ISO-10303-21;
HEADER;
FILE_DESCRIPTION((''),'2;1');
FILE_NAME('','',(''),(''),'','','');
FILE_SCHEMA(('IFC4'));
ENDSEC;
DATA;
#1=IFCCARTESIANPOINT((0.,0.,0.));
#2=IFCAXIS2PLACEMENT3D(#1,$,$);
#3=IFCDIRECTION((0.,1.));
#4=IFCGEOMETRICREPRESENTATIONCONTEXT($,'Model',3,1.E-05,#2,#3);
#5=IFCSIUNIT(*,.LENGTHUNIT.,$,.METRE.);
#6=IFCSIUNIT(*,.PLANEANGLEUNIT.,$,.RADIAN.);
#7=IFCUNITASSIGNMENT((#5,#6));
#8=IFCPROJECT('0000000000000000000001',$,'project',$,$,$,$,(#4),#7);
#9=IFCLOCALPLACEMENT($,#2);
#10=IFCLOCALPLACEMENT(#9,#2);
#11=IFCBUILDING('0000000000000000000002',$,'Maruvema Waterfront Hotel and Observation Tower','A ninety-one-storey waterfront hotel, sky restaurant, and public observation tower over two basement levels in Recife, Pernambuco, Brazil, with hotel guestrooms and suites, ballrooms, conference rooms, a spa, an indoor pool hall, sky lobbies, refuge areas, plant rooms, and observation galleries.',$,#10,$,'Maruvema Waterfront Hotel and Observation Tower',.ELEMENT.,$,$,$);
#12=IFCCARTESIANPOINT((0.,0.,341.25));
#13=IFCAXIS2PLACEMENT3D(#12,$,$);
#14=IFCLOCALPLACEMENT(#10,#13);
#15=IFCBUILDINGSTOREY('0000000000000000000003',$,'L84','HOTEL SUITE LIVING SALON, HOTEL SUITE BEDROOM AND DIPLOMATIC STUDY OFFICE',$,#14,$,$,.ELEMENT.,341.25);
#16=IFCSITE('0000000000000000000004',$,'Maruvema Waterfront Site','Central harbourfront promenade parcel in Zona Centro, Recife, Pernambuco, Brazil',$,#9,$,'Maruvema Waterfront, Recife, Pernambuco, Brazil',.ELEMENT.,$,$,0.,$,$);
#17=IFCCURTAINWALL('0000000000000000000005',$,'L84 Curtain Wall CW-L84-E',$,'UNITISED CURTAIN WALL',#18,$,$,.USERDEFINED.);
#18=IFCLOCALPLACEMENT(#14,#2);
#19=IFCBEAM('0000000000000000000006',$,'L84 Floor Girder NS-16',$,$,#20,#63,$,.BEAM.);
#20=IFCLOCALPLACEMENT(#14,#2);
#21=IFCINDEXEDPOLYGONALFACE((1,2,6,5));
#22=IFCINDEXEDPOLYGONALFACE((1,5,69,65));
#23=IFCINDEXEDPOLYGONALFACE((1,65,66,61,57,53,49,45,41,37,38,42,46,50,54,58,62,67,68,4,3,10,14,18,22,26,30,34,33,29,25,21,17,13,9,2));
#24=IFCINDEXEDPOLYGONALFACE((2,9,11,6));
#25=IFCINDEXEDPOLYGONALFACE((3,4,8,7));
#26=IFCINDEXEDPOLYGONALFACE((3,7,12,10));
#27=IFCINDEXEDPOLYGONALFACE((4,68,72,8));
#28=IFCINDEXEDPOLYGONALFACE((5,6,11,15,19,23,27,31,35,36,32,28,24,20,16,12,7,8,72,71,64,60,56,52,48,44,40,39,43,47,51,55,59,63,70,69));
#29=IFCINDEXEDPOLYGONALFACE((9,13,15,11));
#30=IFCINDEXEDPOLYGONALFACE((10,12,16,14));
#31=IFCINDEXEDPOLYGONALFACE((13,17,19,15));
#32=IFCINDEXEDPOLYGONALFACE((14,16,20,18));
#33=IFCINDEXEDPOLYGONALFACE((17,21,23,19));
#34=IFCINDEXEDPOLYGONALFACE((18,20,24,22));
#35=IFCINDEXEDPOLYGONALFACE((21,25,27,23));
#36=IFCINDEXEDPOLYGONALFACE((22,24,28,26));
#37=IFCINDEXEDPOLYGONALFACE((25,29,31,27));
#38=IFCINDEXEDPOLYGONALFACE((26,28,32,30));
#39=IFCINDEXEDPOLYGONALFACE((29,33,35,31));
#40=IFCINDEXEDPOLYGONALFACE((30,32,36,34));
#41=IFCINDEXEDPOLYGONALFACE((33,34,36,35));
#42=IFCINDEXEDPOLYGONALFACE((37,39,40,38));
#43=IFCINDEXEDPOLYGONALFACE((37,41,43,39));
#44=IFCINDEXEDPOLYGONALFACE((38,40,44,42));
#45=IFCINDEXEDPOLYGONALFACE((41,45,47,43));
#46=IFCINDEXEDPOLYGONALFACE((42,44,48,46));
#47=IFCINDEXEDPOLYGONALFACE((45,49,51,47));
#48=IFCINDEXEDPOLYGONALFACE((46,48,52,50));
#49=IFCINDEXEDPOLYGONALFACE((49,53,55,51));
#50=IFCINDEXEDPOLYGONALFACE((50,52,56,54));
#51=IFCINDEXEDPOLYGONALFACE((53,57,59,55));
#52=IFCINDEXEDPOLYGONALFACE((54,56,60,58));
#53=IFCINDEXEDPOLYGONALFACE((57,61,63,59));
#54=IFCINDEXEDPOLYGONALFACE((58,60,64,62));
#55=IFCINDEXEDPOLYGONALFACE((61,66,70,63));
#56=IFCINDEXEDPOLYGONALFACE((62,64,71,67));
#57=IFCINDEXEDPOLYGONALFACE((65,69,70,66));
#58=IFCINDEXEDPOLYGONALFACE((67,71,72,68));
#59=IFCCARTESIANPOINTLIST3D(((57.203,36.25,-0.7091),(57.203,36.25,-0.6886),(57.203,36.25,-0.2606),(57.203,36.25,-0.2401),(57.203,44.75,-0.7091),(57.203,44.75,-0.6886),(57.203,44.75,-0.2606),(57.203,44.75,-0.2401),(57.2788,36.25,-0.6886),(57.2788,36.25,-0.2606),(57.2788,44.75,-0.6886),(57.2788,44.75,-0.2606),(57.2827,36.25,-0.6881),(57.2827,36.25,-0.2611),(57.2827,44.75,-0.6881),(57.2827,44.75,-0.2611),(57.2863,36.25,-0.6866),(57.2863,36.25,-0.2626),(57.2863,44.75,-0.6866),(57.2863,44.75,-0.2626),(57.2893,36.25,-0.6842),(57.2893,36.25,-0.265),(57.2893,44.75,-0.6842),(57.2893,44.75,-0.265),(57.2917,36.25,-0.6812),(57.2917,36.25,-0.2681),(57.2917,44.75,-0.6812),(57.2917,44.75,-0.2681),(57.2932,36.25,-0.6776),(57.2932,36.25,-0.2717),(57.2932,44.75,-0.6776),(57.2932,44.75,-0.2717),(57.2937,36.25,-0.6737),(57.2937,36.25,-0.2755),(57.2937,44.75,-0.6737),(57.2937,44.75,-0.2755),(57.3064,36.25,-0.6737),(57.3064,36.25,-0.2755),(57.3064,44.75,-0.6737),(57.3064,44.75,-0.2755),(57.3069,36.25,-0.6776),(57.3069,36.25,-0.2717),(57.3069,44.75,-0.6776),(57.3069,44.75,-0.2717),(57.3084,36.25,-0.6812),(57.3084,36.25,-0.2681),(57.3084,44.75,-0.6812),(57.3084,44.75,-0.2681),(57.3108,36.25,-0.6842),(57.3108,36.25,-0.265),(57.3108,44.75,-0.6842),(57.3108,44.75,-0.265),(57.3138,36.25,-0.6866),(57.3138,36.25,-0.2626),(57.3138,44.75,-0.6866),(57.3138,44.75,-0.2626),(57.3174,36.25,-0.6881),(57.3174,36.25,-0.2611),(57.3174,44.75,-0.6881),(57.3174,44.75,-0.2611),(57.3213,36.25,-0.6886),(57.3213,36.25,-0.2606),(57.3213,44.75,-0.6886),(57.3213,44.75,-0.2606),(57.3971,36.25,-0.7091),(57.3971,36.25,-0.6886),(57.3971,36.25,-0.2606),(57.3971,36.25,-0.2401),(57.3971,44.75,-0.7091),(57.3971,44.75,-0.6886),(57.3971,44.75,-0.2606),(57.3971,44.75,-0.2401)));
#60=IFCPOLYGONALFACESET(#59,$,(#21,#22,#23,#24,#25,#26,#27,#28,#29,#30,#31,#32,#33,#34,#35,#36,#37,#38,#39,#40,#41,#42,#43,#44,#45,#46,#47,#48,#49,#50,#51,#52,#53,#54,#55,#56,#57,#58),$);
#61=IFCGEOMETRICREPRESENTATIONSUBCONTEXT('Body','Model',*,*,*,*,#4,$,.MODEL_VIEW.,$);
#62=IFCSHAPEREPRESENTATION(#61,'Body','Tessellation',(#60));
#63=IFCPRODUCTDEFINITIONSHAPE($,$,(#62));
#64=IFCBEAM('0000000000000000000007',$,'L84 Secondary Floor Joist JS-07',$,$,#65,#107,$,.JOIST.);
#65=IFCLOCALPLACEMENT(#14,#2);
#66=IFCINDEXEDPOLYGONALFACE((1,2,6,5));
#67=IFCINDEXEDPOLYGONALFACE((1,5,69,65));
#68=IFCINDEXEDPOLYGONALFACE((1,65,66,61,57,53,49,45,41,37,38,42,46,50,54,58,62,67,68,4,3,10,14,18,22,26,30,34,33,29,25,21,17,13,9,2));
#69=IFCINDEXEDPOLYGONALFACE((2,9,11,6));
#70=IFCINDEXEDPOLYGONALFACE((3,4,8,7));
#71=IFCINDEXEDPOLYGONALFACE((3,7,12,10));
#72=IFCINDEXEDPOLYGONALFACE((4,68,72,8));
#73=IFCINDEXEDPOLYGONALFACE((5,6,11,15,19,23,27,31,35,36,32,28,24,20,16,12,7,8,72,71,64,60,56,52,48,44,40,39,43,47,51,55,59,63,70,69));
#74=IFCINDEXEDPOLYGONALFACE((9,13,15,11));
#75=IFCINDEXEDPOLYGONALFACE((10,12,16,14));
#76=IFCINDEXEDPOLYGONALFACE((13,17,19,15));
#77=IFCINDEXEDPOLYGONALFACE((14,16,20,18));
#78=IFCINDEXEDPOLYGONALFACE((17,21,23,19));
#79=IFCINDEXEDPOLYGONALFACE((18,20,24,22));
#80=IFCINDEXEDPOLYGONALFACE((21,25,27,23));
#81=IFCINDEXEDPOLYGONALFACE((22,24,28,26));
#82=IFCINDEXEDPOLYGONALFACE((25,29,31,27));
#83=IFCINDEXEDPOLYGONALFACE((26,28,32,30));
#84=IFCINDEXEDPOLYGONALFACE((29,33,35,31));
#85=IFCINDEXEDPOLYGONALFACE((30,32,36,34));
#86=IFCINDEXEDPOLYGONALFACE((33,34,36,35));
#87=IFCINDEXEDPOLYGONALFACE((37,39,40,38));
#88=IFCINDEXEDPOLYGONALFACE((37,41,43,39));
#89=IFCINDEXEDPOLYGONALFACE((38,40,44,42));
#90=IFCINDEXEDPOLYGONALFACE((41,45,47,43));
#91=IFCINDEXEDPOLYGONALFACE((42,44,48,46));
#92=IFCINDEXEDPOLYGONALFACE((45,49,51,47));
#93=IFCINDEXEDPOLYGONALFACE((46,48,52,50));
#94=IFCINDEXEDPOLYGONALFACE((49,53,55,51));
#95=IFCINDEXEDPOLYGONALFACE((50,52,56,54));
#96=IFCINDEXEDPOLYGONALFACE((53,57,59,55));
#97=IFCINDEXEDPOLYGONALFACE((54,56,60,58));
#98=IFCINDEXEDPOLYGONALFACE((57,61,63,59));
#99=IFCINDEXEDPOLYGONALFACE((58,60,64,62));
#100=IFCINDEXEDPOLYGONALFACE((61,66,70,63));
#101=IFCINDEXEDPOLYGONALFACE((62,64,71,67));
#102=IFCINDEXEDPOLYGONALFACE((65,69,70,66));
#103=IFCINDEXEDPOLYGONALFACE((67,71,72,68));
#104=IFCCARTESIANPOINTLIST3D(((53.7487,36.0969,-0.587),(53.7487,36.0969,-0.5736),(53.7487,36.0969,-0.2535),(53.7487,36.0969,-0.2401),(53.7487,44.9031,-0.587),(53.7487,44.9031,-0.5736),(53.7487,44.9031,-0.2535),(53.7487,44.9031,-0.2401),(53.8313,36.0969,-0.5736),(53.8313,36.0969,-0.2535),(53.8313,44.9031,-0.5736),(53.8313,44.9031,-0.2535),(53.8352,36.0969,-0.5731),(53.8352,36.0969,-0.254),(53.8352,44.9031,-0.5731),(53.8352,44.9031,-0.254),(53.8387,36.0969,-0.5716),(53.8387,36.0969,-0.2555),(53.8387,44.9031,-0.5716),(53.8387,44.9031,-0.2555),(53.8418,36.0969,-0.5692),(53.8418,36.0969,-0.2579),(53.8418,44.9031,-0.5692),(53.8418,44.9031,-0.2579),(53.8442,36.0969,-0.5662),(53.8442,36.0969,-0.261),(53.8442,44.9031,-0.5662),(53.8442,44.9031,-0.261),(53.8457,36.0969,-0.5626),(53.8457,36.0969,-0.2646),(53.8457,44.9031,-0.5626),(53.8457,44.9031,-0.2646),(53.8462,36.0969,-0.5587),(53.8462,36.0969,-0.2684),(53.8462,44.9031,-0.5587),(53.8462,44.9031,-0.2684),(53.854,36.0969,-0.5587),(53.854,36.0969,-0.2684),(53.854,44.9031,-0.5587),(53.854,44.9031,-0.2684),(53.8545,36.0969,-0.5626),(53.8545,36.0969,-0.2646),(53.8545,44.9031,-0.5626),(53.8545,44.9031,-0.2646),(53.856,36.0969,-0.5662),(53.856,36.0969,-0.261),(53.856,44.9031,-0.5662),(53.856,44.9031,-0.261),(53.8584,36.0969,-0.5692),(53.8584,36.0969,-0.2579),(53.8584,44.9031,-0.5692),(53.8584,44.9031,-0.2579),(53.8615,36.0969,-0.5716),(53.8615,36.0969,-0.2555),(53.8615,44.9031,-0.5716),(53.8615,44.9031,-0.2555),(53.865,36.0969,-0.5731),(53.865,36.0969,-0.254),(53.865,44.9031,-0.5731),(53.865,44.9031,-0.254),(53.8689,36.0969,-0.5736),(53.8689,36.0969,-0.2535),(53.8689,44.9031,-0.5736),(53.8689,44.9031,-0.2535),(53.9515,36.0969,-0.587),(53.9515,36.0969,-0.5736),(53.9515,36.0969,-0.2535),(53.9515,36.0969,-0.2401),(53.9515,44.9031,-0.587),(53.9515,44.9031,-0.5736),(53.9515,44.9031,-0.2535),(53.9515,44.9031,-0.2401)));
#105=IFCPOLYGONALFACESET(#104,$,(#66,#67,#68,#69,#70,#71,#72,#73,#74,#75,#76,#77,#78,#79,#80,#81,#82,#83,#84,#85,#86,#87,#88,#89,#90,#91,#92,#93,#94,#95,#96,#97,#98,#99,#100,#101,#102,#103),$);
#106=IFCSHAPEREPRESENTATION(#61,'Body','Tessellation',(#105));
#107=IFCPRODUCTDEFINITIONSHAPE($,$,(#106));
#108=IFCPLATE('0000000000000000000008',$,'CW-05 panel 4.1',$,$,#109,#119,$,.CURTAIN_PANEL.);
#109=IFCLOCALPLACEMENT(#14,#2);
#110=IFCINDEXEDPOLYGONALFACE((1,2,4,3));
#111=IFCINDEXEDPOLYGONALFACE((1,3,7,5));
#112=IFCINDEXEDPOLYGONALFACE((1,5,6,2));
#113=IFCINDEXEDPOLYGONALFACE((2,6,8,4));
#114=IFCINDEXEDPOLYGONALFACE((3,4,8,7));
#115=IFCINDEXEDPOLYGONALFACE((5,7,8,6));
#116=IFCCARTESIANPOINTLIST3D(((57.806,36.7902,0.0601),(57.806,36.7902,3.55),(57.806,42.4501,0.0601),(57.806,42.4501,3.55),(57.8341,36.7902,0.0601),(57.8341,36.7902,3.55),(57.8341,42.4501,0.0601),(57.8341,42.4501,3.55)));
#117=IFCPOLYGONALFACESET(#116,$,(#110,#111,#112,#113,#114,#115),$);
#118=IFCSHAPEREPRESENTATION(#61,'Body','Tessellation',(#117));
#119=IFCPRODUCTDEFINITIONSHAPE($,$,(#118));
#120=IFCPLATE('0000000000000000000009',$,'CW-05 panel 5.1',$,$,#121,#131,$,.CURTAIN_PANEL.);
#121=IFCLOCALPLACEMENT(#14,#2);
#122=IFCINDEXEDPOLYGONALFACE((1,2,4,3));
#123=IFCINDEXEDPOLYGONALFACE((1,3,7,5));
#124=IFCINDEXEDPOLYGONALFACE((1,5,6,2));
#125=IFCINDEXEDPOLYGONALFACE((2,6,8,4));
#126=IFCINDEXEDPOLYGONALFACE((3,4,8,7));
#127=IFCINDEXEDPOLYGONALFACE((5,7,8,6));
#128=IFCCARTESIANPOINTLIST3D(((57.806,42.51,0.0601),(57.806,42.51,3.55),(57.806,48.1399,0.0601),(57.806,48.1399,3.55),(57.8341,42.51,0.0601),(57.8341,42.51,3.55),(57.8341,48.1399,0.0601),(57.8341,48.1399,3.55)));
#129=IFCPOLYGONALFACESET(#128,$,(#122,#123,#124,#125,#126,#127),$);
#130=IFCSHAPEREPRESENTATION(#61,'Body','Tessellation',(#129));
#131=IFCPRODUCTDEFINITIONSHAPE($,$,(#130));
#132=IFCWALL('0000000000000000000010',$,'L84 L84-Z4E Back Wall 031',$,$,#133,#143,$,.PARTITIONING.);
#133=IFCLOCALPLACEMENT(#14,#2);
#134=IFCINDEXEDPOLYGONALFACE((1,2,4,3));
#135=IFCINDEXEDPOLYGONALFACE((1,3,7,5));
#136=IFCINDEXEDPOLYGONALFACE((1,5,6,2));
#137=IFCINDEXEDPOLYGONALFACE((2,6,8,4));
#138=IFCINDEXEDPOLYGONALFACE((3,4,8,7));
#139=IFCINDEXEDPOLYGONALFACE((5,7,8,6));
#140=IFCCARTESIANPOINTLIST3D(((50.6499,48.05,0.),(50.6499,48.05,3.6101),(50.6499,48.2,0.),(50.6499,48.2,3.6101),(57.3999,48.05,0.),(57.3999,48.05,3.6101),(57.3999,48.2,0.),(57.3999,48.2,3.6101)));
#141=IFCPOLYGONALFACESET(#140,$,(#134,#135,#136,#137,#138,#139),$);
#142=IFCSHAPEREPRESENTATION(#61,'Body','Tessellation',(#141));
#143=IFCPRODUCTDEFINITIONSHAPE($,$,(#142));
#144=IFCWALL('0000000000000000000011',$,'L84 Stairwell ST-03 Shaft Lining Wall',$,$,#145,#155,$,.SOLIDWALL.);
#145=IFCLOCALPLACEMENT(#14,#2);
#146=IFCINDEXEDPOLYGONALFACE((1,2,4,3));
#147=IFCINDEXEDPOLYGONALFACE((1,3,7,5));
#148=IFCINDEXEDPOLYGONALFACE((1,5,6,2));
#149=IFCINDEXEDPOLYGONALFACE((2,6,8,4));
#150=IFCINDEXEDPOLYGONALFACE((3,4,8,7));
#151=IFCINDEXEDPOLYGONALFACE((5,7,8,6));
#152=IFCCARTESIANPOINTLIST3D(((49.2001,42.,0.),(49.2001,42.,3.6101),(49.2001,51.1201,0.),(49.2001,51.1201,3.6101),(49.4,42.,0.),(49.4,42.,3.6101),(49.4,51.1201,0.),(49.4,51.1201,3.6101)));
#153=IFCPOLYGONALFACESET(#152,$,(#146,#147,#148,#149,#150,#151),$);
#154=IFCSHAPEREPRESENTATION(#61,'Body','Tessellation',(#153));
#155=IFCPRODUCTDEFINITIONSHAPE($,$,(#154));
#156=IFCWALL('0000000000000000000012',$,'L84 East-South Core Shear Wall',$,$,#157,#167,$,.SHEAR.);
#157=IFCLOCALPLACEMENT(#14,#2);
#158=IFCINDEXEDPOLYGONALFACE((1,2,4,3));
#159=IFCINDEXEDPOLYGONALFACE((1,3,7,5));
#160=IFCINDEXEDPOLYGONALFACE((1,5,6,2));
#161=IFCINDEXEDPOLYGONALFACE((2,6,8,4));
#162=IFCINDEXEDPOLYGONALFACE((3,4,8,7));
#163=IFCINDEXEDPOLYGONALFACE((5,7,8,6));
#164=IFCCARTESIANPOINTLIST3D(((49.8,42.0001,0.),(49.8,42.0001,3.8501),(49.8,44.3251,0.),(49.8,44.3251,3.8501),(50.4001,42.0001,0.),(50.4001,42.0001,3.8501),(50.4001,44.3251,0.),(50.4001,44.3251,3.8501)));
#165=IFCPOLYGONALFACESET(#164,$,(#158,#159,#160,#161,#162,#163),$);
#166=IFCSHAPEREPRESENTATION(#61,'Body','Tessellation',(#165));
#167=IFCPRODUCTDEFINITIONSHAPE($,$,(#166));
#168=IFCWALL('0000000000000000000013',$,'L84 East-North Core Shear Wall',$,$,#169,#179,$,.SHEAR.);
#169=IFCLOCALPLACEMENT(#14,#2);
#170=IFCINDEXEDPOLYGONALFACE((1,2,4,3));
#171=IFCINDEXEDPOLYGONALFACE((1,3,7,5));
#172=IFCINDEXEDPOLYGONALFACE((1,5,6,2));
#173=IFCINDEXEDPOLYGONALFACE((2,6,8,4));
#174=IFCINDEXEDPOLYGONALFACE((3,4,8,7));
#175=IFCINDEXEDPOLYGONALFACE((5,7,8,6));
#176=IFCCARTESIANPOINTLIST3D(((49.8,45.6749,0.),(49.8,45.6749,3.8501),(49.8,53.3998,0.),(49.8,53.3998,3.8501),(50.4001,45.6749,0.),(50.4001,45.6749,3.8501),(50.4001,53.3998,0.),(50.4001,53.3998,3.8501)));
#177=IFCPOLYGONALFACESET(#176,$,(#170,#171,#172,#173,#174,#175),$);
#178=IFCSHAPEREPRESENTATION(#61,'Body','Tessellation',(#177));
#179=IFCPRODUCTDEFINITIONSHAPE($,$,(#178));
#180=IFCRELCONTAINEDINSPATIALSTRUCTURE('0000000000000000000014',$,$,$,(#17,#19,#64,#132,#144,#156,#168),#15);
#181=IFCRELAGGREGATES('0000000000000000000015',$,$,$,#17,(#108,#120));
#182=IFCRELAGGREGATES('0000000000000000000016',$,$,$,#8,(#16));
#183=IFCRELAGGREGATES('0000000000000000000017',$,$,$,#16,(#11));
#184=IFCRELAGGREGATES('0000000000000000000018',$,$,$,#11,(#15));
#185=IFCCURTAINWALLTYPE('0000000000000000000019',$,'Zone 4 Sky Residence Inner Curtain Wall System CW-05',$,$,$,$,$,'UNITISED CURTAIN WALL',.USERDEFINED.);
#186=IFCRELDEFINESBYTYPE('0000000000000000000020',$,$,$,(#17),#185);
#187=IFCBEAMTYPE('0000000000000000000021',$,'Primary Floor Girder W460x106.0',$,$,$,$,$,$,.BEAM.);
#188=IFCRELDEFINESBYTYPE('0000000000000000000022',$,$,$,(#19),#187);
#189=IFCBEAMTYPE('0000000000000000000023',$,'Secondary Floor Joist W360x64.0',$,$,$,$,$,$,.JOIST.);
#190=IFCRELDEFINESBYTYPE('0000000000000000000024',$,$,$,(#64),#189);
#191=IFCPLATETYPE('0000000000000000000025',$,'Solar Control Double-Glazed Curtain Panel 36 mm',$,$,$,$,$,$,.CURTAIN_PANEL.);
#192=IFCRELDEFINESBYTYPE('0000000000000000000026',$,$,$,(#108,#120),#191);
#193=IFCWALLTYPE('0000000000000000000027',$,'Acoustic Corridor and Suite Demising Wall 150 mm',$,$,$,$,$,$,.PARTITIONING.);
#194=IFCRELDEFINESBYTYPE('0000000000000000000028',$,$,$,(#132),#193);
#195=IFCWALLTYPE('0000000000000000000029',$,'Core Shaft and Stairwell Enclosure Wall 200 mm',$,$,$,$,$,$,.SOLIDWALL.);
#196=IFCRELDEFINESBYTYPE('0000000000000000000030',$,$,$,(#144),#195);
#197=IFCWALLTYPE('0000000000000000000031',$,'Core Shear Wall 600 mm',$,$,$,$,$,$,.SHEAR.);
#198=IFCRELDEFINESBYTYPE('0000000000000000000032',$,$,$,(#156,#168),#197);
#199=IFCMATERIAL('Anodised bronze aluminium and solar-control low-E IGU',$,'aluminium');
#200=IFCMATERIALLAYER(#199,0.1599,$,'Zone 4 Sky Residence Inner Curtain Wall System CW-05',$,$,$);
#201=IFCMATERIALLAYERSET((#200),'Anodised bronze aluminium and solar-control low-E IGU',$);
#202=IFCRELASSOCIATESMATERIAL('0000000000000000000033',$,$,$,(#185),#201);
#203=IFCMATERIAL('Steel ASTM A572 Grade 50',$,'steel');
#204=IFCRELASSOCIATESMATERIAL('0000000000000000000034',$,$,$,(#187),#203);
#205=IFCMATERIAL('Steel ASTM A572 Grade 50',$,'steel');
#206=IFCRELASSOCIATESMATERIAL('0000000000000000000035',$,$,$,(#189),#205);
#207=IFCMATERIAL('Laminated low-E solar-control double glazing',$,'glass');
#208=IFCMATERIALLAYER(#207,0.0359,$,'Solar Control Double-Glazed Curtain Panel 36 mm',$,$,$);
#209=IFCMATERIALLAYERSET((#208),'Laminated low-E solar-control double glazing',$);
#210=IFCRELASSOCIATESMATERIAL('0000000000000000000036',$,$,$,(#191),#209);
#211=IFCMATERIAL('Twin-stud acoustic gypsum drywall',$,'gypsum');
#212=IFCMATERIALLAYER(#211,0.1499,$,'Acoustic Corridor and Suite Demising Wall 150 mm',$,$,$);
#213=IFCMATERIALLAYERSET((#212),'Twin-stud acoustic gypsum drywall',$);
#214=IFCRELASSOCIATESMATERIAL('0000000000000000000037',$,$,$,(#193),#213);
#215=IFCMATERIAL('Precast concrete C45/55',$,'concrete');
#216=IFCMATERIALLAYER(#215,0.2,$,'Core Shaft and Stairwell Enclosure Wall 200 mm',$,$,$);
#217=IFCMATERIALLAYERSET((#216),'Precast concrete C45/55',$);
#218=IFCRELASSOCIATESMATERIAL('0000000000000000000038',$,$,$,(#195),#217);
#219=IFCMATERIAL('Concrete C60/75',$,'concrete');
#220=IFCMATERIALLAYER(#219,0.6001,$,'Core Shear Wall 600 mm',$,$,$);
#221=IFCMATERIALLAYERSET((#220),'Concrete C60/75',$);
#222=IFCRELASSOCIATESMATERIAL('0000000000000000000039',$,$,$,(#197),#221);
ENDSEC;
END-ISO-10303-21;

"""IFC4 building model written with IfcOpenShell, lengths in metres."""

from ifc_helpers import new_model, si_unit, direction, frame, frame_2d, origin, origin_2d, place, context, subcontext, project, spatial, rectangle, i_section, extrude, material, layer, layer_set, material_profile, profile_set, type_object, element, aggregate, save


model = new_model("IFC4")

# Units and contexts
model_context = context("Model", 3, precision=1e-05, world=origin(), true_north=direction((0.0, 1.0)))
body_context = subcontext(model_context, "Body", "Model", "MODEL_VIEW")
ifc_project = project(units=[si_unit("LENGTHUNIT", "METRE"), si_unit("PLANEANGLEUNIT", "RADIAN")], contexts=[model_context])

# Site, building, storey
site_placement = place(None, origin())
site = spatial("IfcSite", under=ifc_project, at=site_placement, Name="Maruvema Waterfront Site", Description="Central harbourfront promenade parcel in Zona Centro, Recife, Pernambuco, Brazil", LongName="Maruvema Waterfront, Recife, Pernambuco, Brazil", CompositionType="ELEMENT", RefElevation=0.0)
building_placement = place(site_placement, origin())
building = spatial("IfcBuilding", under=site, at=building_placement, Name="Maruvema Waterfront Hotel and Observation Tower", Description="A ninety-one-storey waterfront hotel, sky restaurant, and public observation tower over two basement levels in Recife, Pernambuco, Brazil, with hotel guestrooms and suites, ballrooms, conference rooms, a spa, an indoor pool hall, sky lobbies, refuge areas, plant rooms, and observation galleries.", LongName="Maruvema Waterfront Hotel and Observation Tower", CompositionType="ELEMENT")
storey_placement = place(building_placement, frame((0.0, 0.0, 341.25)))
storey = spatial("IfcBuildingStorey", under=building, at=storey_placement, Name="L84", Description="HOTEL SUITE LIVING SALON, HOTEL SUITE BEDROOM AND DIPLOMATIC STUDY OFFICE", CompositionType="ELEMENT", Elevation=341.25)

# Curtain wall
ifc_material_1 = material(Name="Anodised bronze aluminium and solar-control low-E IGU", Category="aluminium")
ifc_layer_1 = layer(ifc_material_1, 0.1599, Name="Zone 4 Sky Residence Inner Curtain Wall System CW-05")
ifc_layer_set_1 = layer_set([ifc_layer_1], Name="Anodised bronze aluminium and solar-control low-E IGU")
curtain_wall_type = type_object("IfcCurtainWallType", Name="Zone 4 Sky Residence Inner Curtain Wall System CW-05", ElementType="UNITISED CURTAIN WALL", PredefinedType="USERDEFINED", material=ifc_layer_set_1)
curtain_wall_placement = place(storey_placement, origin())
curtain_wall = element("IfcCurtainWall", 1, at=curtain_wall_placement, inside=storey, type_object=curtain_wall_type, Name="L84 Curtain Wall CW-L84-E", ObjectType="UNITISED CURTAIN WALL", PredefinedType="USERDEFINED")

# Beams
ifc_material_2 = material(Name="Steel ASTM A572 Grade 50", Category="steel")
ifc_material_profile_1 = material_profile(ifc_material_2, i_section(OverallWidth=0.1941, OverallDepth=0.469, WebThickness=0.0127, FlangeThickness=0.0205, FilletRadius=0.0149, at=origin_2d()), Name="W460x106.0")
ifc_profile_set_1 = profile_set([ifc_material_profile_1], Name="Steel ASTM A572 Grade 50")
beam_type_1 = type_object("IfcBeamType", Name="Primary Floor Girder W460x106.0", PredefinedType="BEAM", material=ifc_profile_set_1)
beam_1_placement = place(storey_placement, frame((57.3, 36.25, -0.4746), z_axis=(0.0, 1.0, 0.0), x_axis=(-1.0, 0.0, 0.0)))
element("IfcBeam", 2, at=beam_1_placement, inside=storey, type_object=beam_type_1, Name="L84 Floor Girder NS-16", PredefinedType="BEAM", context=body_context, shape_type="SweptSolid", body=[
    extrude(i_section(OverallWidth=0.1941, OverallDepth=0.469, WebThickness=0.0127, FlangeThickness=0.0205, FilletRadius=0.0149, at=origin_2d()), origin(), (0.0, 0.0, 1.0), 8.5),
])
ifc_material_3 = material(Name="Steel ASTM A572 Grade 50", Category="steel")
ifc_material_profile_2 = material_profile(ifc_material_3, i_section(OverallWidth=0.2029, OverallDepth=0.3469, WebThickness=0.0078, FlangeThickness=0.0134, FilletRadius=0.0149, at=origin_2d()), Name="W360x64.0")
ifc_profile_set_2 = profile_set([ifc_material_profile_2], Name="Steel ASTM A572 Grade 50")
beam_type_2 = type_object("IfcBeamType", Name="Secondary Floor Joist W360x64.0", PredefinedType="JOIST", material=ifc_profile_set_2)
beam_2_placement = place(storey_placement, frame((53.8501, 36.0969, -0.4136), z_axis=(0.0, 1.0, 0.0), x_axis=(-1.0, 0.0, 0.0)))
element("IfcBeam", 3, at=beam_2_placement, inside=storey, type_object=beam_type_2, Name="L84 Secondary Floor Joist JS-07", PredefinedType="JOIST", context=body_context, shape_type="SweptSolid", body=[
    extrude(i_section(OverallWidth=0.2029, OverallDepth=0.3469, WebThickness=0.0078, FlangeThickness=0.0134, FilletRadius=0.0149, at=origin_2d()), origin(), (0.0, 0.0, 1.0), 8.8062),
])

# Plates
ifc_material_4 = material(Name="Laminated low-E solar-control double glazing", Category="glass")
ifc_layer_2 = layer(ifc_material_4, 0.0359, Name="Solar Control Double-Glazed Curtain Panel 36 mm")
ifc_layer_set_2 = layer_set([ifc_layer_2], Name="Laminated low-E solar-control double glazing")
plate_type = type_object("IfcPlateType", Name="Solar Control Double-Glazed Curtain Panel 36 mm", PredefinedType="CURTAIN_PANEL", material=ifc_layer_set_2)
plate_1_placement = place(storey_placement, frame((57.8201, 39.6201, 0.0601), z_axis=(0.0, 0.0, 1.0), x_axis=(0.0, 1.0, 0.0)))
plate_1 = element("IfcPlate", 4, at=plate_1_placement, type_object=plate_type, Name="CW-05 panel 4.1", PredefinedType="CURTAIN_PANEL", context=body_context, shape_type="SweptSolid", body=[
    extrude(rectangle(XDim=5.6599, YDim=0.0281, at=origin_2d()), origin(), (0.0, 0.0, 1.0), 3.49),
])
plate_2_placement = place(storey_placement, frame((57.8201, 45.325, 0.0601), z_axis=(0.0, 0.0, 1.0), x_axis=(0.0, 1.0, 0.0)))
plate_2 = element("IfcPlate", 5, at=plate_2_placement, type_object=plate_type, Name="CW-05 panel 5.1", PredefinedType="CURTAIN_PANEL", context=body_context, shape_type="SweptSolid", body=[
    extrude(rectangle(XDim=5.6299, YDim=0.0281, at=origin_2d()), origin(), (0.0, 0.0, 1.0), 3.49),
])
aggregate(curtain_wall, [plate_1, plate_2])

# Walls
ifc_material_5 = material(Name="Twin-stud acoustic gypsum drywall", Category="gypsum")
ifc_layer_3 = layer(ifc_material_5, 0.1499, Name="Acoustic Corridor and Suite Demising Wall 150 mm")
ifc_layer_set_3 = layer_set([ifc_layer_3], Name="Twin-stud acoustic gypsum drywall")
wall_type_1 = type_object("IfcWallType", Name="Acoustic Corridor and Suite Demising Wall 150 mm", PredefinedType="PARTITIONING", material=ifc_layer_set_3)
wall_1_placement = place(storey_placement, frame((50.6499, 48.125, 0.0), z_axis=(0.0, 0.0, 1.0), x_axis=(1.0, 0.0, 0.0)))
element("IfcWall", 6, at=wall_1_placement, inside=storey, type_object=wall_type_1, Name="L84 L84-Z4E Back Wall 031", PredefinedType="PARTITIONING", context=body_context, shape_type="SweptSolid", body=[
    extrude(rectangle(XDim=6.75, YDim=0.1499, at=frame_2d((3.375, 0.0))), origin(), (0.0, 0.0, 1.0), 3.6101),
])
ifc_material_6 = material(Name="Precast concrete C45/55", Category="concrete")
ifc_layer_4 = layer(ifc_material_6, 0.2, Name="Core Shaft and Stairwell Enclosure Wall 200 mm")
ifc_layer_set_4 = layer_set([ifc_layer_4], Name="Precast concrete C45/55")
wall_type_2 = type_object("IfcWallType", Name="Core Shaft and Stairwell Enclosure Wall 200 mm", PredefinedType="SOLIDWALL", material=ifc_layer_set_4)
wall_2_placement = place(storey_placement, frame((49.3, 42.0, 0.0), z_axis=(0.0, 0.0, 1.0), x_axis=(0.0, 1.0, 0.0)))
element("IfcWall", 7, at=wall_2_placement, inside=storey, type_object=wall_type_2, Name="L84 Stairwell ST-03 Shaft Lining Wall", PredefinedType="SOLIDWALL", context=body_context, shape_type="SweptSolid", body=[
    extrude(rectangle(XDim=9.1201, YDim=0.2, at=frame_2d((4.5601, 0.0))), origin(), (0.0, 0.0, 1.0), 3.6101),
])
ifc_material_7 = material(Name="Concrete C60/75", Category="concrete")
ifc_layer_5 = layer(ifc_material_7, 0.6001, Name="Core Shear Wall 600 mm")
ifc_layer_set_5 = layer_set([ifc_layer_5], Name="Concrete C60/75")
wall_type_3 = type_object("IfcWallType", Name="Core Shear Wall 600 mm", PredefinedType="SHEAR", material=ifc_layer_set_5)
wall_3_placement = place(storey_placement, frame((50.1001, 42.0, 0.0), z_axis=(0.0, 0.0, 1.0), x_axis=(0.0, 1.0, 0.0)))
element("IfcWall", 8, at=wall_3_placement, inside=storey, type_object=wall_type_3, Name="L84 East-South Core Shear Wall", PredefinedType="SHEAR", context=body_context, shape_type="SweptSolid", body=[
    extrude(rectangle(XDim=2.325, YDim=0.6001, at=frame_2d((1.1626, 0.0))), origin(), (0.0, 0.0, 1.0), 3.8501),
])
wall_4_placement = place(storey_placement, frame((50.1001, 45.675, 0.0), z_axis=(0.0, 0.0, 1.0), x_axis=(0.0, 1.0, 0.0)))
element("IfcWall", 9, at=wall_4_placement, inside=storey, type_object=wall_type_3, Name="L84 East-North Core Shear Wall", PredefinedType="SHEAR", context=body_context, shape_type="SweptSolid", body=[
    extrude(rectangle(XDim=7.7249, YDim=0.6001, at=frame_2d((3.8623, 0.0))), origin(), (0.0, 0.0, 1.0), 3.8501),
])

save(model, "model.ifc")
